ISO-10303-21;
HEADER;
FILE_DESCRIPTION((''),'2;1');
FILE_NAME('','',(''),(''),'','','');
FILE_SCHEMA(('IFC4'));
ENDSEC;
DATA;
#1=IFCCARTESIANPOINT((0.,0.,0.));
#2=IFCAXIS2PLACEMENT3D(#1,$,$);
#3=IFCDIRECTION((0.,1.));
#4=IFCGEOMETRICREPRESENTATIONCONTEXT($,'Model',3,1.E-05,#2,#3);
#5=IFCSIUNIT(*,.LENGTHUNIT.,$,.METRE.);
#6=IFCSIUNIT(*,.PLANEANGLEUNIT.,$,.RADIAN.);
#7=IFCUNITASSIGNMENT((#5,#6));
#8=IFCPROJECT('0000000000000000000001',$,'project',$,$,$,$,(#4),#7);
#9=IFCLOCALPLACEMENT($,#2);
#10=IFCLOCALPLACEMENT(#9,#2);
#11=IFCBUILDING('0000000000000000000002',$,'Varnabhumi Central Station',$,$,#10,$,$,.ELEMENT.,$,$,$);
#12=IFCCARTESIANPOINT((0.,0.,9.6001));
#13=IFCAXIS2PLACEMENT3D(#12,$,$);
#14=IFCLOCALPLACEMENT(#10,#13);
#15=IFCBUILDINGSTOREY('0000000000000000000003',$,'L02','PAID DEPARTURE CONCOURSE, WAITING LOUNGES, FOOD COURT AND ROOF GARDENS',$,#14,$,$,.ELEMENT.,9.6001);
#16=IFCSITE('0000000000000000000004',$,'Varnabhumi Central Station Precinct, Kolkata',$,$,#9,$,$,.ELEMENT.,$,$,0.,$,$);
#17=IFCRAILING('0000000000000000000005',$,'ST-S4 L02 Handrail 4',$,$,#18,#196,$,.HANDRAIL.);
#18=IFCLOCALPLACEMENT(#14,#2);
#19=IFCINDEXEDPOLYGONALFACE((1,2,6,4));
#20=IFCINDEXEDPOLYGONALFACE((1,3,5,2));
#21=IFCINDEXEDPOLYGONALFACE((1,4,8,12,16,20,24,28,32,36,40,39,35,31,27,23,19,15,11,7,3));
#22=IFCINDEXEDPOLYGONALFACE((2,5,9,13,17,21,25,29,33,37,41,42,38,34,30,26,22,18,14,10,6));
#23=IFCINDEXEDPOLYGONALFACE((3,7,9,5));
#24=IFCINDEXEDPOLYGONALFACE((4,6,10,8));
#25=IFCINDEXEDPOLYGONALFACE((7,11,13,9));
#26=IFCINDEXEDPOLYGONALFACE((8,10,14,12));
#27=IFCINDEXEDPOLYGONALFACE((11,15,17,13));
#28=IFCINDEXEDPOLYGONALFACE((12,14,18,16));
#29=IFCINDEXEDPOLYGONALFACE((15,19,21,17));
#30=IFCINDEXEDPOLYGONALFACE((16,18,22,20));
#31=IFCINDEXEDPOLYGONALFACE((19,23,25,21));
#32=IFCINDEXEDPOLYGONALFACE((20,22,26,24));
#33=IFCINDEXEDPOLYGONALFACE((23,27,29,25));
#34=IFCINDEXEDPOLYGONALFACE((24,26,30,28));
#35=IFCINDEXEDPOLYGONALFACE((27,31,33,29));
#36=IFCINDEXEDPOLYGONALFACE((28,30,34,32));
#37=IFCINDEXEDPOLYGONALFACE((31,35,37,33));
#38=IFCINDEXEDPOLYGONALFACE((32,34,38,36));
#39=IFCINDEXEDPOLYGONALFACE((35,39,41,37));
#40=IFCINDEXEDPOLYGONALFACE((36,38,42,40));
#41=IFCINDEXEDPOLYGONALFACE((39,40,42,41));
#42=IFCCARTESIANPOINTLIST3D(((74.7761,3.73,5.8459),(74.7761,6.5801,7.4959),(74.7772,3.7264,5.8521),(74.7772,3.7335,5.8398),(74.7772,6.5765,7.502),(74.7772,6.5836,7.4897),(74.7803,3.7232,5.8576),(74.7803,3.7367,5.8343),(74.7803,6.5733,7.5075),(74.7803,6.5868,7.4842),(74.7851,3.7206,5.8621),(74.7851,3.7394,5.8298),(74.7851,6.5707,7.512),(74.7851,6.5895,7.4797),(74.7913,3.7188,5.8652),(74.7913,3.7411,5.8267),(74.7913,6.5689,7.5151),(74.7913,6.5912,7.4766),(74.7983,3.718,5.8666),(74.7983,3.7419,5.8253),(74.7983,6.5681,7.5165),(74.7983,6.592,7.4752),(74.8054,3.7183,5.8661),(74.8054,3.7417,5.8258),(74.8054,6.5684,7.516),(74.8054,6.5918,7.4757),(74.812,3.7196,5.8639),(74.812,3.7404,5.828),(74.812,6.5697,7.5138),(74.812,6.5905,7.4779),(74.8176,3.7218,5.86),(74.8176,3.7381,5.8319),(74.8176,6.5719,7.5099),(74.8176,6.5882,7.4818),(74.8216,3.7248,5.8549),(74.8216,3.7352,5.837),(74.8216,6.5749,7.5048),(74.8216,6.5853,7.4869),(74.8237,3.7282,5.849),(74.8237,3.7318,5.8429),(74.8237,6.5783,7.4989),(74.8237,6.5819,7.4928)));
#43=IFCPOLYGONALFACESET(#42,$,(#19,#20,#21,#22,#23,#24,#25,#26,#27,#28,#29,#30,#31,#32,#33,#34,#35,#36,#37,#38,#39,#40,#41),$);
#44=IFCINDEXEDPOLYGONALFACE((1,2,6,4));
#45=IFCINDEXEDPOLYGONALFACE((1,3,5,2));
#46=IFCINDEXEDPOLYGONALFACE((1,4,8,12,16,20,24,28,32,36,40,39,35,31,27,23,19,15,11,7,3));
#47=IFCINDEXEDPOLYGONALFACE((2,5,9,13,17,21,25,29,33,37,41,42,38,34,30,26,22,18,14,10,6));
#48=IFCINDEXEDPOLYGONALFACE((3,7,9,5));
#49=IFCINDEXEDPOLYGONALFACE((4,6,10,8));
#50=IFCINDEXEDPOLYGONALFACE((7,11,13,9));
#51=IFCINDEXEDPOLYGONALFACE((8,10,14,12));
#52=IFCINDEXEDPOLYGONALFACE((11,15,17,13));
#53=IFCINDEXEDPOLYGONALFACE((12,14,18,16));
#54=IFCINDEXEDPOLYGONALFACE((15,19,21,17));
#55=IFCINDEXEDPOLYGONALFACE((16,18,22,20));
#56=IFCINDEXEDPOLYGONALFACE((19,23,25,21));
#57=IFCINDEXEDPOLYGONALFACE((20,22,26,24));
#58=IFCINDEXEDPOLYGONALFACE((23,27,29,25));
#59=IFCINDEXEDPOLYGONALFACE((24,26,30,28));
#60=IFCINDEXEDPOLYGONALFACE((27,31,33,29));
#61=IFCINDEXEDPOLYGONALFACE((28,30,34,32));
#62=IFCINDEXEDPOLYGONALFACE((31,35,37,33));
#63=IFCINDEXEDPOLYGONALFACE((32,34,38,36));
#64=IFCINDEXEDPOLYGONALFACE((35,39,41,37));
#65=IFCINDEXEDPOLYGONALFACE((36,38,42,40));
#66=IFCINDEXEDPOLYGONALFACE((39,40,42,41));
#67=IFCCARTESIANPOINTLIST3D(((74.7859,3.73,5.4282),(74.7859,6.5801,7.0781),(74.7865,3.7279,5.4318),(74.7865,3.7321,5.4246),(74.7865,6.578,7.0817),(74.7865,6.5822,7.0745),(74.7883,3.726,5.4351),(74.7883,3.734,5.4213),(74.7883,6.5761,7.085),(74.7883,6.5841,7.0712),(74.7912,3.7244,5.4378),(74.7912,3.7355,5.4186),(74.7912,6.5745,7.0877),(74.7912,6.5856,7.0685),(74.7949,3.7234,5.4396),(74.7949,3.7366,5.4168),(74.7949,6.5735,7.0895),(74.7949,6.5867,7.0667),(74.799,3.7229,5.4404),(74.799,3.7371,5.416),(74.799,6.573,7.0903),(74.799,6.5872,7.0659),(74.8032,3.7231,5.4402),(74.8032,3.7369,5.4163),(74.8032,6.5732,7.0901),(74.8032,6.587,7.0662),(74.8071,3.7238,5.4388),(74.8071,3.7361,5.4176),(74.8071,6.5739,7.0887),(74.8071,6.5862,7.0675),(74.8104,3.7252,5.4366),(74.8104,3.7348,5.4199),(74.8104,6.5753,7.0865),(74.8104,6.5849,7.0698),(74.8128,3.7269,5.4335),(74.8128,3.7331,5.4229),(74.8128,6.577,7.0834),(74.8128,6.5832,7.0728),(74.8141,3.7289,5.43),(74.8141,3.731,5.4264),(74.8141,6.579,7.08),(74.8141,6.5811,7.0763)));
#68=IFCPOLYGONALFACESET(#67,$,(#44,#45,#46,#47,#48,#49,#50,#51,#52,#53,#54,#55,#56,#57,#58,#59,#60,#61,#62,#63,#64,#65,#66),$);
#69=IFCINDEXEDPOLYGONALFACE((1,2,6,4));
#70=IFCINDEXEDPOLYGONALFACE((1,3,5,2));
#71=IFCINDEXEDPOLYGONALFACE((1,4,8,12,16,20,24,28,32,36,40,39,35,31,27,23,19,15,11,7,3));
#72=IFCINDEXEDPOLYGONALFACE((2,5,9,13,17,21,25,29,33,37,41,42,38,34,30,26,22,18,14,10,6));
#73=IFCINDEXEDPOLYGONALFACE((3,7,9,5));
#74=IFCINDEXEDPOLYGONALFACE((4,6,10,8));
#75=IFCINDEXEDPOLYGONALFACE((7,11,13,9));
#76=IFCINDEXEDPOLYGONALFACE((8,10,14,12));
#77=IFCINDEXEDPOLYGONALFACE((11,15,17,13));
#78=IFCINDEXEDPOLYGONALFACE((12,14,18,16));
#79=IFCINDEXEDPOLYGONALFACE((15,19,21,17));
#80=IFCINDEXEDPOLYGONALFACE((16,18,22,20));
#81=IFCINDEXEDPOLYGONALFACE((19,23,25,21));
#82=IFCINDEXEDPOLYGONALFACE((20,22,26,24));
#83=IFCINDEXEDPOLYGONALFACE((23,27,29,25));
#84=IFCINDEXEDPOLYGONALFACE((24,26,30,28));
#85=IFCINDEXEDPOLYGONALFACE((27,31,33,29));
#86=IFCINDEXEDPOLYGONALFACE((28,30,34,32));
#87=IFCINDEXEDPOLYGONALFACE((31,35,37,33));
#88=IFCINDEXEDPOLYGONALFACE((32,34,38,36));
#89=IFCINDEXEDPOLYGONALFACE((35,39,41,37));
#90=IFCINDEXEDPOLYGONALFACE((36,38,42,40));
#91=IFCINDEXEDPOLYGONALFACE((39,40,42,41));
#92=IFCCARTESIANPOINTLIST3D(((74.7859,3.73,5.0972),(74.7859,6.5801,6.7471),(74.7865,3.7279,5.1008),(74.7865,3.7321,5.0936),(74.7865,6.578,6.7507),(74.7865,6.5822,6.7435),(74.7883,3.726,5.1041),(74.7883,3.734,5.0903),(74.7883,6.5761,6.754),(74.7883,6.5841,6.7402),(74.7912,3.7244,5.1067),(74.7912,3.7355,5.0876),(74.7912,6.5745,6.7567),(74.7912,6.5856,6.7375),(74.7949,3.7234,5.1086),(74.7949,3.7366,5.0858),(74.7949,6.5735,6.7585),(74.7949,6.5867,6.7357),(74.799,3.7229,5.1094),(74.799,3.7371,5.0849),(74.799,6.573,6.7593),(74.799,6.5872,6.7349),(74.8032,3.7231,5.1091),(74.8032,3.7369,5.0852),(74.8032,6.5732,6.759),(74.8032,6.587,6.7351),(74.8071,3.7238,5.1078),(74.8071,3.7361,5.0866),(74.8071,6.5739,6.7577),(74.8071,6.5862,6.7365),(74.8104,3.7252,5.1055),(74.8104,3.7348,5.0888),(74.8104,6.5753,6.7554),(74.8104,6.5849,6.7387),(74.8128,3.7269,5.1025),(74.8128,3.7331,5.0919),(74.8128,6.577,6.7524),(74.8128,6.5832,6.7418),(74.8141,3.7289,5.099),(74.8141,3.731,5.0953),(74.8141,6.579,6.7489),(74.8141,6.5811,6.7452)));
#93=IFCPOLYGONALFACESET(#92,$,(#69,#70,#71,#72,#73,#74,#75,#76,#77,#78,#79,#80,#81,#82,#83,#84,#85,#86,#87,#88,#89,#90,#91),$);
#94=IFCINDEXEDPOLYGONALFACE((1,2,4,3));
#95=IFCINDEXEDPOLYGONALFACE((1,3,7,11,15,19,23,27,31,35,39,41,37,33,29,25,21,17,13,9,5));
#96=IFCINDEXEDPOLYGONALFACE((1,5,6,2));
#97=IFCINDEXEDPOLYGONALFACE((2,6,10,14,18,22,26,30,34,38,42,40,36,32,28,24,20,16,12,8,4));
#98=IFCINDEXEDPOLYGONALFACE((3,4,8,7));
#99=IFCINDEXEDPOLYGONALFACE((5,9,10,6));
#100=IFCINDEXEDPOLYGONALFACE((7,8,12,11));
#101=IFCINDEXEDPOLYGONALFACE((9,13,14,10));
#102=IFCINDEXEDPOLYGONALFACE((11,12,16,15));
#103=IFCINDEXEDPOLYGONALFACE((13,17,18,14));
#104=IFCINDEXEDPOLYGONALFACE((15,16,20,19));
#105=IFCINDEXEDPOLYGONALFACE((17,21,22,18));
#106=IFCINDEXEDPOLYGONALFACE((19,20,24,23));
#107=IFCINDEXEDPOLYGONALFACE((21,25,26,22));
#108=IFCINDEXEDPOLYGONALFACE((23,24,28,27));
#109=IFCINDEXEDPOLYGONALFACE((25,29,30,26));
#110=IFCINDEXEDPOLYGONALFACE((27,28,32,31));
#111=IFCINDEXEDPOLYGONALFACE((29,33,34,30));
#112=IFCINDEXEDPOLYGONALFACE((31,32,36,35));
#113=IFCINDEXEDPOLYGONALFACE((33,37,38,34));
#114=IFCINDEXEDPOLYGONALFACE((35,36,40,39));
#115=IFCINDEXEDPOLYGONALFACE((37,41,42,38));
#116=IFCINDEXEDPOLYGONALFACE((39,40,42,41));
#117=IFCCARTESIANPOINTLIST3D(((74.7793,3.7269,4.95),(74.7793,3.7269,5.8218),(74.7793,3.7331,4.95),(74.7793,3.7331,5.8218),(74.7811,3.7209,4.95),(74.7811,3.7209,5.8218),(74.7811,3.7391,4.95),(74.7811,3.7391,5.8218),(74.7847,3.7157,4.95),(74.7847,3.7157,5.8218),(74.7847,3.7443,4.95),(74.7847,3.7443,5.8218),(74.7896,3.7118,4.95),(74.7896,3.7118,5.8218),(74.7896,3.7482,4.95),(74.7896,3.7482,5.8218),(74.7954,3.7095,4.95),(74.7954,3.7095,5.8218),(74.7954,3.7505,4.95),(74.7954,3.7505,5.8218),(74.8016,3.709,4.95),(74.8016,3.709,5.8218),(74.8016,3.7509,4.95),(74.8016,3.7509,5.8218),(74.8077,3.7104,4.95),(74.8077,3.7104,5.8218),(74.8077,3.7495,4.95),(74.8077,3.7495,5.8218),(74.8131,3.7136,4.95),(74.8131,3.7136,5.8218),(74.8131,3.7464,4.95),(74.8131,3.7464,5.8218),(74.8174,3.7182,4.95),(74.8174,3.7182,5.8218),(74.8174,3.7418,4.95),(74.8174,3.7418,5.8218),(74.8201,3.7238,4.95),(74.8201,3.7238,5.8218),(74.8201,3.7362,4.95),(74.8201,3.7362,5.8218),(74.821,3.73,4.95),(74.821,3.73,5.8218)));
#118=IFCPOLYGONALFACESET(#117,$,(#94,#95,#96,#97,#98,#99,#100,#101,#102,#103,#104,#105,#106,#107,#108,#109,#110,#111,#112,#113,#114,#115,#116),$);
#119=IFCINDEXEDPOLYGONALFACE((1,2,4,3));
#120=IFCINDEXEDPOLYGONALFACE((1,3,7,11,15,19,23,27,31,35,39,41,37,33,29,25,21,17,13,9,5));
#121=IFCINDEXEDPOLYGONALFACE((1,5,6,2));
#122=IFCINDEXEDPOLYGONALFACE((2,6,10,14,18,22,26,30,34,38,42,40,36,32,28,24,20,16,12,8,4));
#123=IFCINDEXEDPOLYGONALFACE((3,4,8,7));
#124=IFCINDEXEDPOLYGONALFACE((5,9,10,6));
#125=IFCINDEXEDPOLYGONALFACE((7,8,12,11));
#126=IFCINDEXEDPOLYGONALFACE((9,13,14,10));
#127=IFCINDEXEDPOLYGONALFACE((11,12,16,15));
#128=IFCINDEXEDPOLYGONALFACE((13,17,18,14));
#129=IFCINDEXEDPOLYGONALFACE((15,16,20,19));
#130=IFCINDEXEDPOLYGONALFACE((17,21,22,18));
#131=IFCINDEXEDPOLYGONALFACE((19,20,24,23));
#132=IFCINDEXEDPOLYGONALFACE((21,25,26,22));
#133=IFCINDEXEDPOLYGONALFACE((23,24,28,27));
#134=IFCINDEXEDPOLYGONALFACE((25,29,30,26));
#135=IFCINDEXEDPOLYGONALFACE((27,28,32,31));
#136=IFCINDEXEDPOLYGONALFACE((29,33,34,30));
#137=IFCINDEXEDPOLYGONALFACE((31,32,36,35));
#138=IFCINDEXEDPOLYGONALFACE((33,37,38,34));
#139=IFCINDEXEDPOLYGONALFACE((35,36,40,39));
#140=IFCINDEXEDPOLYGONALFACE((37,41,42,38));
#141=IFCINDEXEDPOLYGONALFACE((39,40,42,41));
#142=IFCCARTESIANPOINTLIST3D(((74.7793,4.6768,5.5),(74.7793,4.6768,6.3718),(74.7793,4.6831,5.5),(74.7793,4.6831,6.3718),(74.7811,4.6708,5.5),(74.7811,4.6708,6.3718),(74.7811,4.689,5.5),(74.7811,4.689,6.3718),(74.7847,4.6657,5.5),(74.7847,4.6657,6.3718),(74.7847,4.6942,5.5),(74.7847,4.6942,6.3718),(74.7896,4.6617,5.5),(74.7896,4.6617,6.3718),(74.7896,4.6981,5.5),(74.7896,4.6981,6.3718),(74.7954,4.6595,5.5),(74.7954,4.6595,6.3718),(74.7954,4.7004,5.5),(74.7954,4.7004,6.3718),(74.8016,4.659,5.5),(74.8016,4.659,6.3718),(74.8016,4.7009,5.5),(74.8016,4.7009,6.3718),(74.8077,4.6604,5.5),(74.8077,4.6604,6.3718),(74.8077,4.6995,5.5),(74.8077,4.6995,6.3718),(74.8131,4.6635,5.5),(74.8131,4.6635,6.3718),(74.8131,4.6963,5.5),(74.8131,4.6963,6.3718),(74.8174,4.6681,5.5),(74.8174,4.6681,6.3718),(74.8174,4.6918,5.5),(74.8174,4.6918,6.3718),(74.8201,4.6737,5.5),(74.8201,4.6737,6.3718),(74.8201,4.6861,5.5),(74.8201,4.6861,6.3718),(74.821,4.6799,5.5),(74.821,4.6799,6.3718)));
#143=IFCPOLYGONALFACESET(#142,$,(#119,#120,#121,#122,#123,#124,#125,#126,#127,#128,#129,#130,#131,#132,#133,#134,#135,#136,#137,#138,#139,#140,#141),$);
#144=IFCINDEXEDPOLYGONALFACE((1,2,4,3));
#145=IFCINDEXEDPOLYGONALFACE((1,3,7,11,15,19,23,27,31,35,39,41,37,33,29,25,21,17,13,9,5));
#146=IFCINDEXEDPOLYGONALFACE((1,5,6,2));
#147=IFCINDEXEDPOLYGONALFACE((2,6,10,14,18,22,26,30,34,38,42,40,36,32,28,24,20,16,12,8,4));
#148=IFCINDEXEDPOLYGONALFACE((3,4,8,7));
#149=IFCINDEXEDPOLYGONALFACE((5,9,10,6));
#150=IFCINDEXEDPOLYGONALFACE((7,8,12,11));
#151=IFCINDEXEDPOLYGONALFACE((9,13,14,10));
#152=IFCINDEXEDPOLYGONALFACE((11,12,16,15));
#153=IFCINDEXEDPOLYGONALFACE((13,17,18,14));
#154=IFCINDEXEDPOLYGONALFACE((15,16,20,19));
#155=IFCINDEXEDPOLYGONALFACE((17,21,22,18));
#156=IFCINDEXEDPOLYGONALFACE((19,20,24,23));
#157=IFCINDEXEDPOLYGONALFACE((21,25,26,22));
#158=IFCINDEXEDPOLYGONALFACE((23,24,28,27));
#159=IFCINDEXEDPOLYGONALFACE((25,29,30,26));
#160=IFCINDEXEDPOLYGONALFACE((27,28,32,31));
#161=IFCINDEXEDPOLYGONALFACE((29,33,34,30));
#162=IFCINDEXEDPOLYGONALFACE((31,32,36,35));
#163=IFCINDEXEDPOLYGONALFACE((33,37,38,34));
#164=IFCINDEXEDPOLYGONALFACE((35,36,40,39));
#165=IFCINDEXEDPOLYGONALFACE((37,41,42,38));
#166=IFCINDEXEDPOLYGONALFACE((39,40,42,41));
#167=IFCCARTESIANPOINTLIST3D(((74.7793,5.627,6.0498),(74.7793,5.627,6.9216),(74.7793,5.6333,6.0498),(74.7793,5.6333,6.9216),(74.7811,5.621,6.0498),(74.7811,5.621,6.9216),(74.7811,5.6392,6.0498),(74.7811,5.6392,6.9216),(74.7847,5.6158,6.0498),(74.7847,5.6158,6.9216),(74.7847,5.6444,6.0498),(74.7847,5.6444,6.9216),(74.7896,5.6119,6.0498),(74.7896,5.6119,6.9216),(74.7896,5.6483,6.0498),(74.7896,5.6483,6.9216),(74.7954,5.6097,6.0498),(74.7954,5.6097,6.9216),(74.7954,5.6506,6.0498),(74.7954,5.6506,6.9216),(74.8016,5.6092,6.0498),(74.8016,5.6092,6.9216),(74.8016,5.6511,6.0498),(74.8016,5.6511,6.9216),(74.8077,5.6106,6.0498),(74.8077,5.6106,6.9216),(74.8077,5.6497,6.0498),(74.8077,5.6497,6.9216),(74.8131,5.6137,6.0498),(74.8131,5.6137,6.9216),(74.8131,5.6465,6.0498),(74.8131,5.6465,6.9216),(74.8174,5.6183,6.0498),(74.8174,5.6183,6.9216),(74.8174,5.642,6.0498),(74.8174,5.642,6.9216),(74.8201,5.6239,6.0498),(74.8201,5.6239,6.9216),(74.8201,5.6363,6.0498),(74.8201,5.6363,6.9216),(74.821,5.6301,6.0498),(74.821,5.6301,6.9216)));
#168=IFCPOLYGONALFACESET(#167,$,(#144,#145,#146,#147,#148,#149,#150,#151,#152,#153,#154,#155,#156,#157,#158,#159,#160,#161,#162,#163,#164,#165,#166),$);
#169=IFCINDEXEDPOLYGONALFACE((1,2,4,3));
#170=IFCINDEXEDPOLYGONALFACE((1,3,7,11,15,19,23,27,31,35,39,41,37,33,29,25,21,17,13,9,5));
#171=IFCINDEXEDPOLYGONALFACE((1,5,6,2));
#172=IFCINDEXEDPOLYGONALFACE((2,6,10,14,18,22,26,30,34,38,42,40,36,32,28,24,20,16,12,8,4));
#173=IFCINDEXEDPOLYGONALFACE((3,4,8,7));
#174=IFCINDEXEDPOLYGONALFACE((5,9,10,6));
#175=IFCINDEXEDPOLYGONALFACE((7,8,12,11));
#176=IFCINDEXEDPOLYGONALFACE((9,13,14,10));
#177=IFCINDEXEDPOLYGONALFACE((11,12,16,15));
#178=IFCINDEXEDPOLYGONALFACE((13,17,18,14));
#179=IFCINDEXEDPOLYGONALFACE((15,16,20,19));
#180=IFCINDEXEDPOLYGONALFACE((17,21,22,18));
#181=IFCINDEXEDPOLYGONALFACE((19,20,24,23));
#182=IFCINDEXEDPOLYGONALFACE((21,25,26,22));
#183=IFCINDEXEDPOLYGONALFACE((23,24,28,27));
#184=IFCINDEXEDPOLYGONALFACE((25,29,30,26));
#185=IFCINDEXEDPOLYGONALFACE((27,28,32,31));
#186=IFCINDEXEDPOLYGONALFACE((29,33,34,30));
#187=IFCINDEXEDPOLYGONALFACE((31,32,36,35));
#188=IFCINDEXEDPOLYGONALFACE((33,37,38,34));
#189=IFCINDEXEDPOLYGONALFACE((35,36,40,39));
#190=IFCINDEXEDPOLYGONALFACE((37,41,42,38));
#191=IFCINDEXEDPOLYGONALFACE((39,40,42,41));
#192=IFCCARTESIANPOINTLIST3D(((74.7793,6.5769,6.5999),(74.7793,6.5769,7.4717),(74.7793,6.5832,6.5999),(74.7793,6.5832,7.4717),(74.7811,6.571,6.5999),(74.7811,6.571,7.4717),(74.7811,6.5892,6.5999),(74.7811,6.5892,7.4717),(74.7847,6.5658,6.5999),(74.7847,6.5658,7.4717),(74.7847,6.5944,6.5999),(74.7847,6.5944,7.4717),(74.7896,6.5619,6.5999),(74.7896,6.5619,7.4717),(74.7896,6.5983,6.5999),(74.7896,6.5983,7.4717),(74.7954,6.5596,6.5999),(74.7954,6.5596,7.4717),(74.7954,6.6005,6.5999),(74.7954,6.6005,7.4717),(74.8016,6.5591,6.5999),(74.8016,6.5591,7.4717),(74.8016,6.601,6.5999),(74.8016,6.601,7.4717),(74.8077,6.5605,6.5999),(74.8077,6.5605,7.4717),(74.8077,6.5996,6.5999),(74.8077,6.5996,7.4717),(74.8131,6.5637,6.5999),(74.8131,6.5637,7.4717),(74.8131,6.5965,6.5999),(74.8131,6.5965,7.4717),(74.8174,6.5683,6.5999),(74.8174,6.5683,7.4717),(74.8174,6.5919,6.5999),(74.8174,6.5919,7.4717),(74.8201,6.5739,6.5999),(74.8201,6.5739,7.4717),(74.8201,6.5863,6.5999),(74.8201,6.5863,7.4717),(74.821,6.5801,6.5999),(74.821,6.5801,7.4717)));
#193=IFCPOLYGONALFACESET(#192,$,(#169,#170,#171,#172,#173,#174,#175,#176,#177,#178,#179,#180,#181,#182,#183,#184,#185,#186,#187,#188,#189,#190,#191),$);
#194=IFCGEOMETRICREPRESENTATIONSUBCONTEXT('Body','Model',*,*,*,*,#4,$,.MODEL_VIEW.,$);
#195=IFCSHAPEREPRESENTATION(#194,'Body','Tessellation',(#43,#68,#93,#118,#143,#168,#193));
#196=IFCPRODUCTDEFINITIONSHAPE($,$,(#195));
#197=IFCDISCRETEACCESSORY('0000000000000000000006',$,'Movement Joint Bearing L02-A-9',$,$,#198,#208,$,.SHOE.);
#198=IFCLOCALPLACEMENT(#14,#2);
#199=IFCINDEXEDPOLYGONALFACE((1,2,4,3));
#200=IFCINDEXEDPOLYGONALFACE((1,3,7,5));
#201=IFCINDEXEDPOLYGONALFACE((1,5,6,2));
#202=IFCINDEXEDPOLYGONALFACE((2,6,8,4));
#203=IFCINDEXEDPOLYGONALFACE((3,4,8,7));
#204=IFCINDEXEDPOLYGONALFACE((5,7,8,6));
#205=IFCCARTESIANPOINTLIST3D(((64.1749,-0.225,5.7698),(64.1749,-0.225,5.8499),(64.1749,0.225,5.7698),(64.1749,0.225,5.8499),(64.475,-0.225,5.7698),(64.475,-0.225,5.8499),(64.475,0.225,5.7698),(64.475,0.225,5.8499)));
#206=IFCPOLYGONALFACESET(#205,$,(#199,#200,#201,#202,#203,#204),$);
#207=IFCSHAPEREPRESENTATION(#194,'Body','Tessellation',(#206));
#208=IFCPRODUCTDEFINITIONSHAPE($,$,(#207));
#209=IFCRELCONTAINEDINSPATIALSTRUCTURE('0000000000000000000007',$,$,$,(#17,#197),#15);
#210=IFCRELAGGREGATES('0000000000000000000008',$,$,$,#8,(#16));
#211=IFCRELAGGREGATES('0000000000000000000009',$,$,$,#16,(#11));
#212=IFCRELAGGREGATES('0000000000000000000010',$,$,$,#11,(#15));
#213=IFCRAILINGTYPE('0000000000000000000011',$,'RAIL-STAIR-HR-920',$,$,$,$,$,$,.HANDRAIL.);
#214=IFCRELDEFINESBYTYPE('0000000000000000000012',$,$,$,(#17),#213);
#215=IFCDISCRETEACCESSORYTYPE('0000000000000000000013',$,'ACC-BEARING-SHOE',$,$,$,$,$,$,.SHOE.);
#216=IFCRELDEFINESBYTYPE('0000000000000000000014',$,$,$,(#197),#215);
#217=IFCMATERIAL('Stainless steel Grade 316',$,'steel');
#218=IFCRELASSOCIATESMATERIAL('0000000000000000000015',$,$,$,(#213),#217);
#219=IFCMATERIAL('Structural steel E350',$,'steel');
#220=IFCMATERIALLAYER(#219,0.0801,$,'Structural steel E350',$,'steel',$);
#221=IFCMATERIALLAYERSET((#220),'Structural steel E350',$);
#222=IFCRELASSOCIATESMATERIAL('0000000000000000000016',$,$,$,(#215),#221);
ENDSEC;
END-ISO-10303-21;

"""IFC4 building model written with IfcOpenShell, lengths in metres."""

from ifc_helpers import new_model, si_unit, direction, frame, origin, origin_2d, place, context, subcontext, project, spatial, rectangle, circle, extrude, material, layer, layer_set, type_object, element, save


model = new_model("IFC4")

# Units and contexts
model_context = context("Model", 3, precision=1e-05, world=origin(), true_north=direction((0.0, 1.0)))
body_context = subcontext(model_context, "Body", "Model", "MODEL_VIEW")
ifc_project = project(units=[si_unit("LENGTHUNIT", "METRE"), si_unit("PLANEANGLEUNIT", "RADIAN")], contexts=[model_context])

# Site, building, storey
site_placement = place(None, origin())
site = spatial("IfcSite", under=ifc_project, at=site_placement, Name="Varnabhumi Central Station Precinct, Kolkata", CompositionType="ELEMENT", RefElevation=0.0)
building_placement = place(site_placement, origin())
building = spatial("IfcBuilding", under=site, at=building_placement, Name="Varnabhumi Central Station", CompositionType="ELEMENT")
storey_placement = place(building_placement, frame((0.0, 0.0, 9.6001)))
storey = spatial("IfcBuildingStorey", under=building, at=storey_placement, Name="L02", Description="PAID DEPARTURE CONCOURSE, WAITING LOUNGES, FOOD COURT AND ROOF GARDENS", CompositionType="ELEMENT", Elevation=9.6001)

# Shared definitions
ifc_material_1 = material(Name="Structural steel E350", Category="steel")

# Shared definitions
ifc_material_2 = material(Name="Stainless steel Grade 316", Category="steel")

# Railing
railing_type_1 = type_object("IfcRailingType", Name="RAIL-STAIR-HR-920", PredefinedType="HANDRAIL", material=ifc_material_2)
for number, where, name in (
    (1, (74.8, 3.73, 4.95), "ST-S4 L02 Handrail 4"),
):
    element("IfcRailing", number, at=place(storey_placement, frame(where)), inside=storey, type_object=railing_type_1, Name=name, PredefinedType="HANDRAIL", context=body_context, shape_type="SweptSolid", body=[
        extrude(circle(Radius=0.0239, at=origin_2d()), frame((0.0, 0.0, 0.896), z_axis=(0.0, 0.865447, 0.501001), x_axis=(-1.0, 0.0, 0.0)), (0.0, 0.0, 1.0), 3.2932),
        extrude(circle(Radius=0.0142, at=origin_2d()), frame((0.0, 0.0, 0.4783), z_axis=(0.0, 0.865447, 0.501001), x_axis=(-1.0, 0.0, 0.0)), (0.0, 0.0, 1.0), 3.2932),
        extrude(circle(Radius=0.0142, at=origin_2d()), frame((0.0, 0.0, 0.1472), z_axis=(0.0, 0.865447, 0.501001), x_axis=(-1.0, 0.0, 0.0)), (0.0, 0.0, 1.0), 3.2932),
        extrude(circle(Radius=0.021, at=origin_2d()), origin(), (0.0, 0.0, 1.0), 0.8718),
        extrude(circle(Radius=0.021, at=origin_2d()), frame((0.0, 0.95, 0.55)), (0.0, 0.0, 1.0), 0.8718),
        extrude(circle(Radius=0.021, at=origin_2d()), frame((0.0, 1.9001, 1.0999)), (0.0, 0.0, 1.0), 0.8718),
        extrude(circle(Radius=0.021, at=origin_2d()), frame((0.0, 2.8501, 1.6499)), (0.0, 0.0, 1.0), 0.8718),
    ])

# Discrete accessory
ifc_layer_1 = layer(ifc_material_1, 0.0801, Name="Structural steel E350", Category="steel")
ifc_layer_set_1 = layer_set([ifc_layer_1], Name="Structural steel E350")
discrete_accessory_type_1 = type_object("IfcDiscreteAccessoryType", Name="ACC-BEARING-SHOE", PredefinedType="SHOE", material=ifc_layer_set_1)
discrete_accessory_1_placement = place(storey_placement, frame((64.325, 0.0, 5.7698), z_axis=(0.0, 0.0, 1.0), x_axis=(1.0, 0.0, 0.0)))
element("IfcDiscreteAccessory", 2, at=discrete_accessory_1_placement, inside=storey, type_object=discrete_accessory_type_1, Name="Movement Joint Bearing L02-A-9", PredefinedType="SHOE", context=body_context, shape_type="SweptSolid", body=[
    extrude(rectangle(XDim=0.3, YDim=0.45, at=origin_2d()), origin(), (0.0, 0.0, 1.0), 0.0801),
])

save(model, "model.ifc")
